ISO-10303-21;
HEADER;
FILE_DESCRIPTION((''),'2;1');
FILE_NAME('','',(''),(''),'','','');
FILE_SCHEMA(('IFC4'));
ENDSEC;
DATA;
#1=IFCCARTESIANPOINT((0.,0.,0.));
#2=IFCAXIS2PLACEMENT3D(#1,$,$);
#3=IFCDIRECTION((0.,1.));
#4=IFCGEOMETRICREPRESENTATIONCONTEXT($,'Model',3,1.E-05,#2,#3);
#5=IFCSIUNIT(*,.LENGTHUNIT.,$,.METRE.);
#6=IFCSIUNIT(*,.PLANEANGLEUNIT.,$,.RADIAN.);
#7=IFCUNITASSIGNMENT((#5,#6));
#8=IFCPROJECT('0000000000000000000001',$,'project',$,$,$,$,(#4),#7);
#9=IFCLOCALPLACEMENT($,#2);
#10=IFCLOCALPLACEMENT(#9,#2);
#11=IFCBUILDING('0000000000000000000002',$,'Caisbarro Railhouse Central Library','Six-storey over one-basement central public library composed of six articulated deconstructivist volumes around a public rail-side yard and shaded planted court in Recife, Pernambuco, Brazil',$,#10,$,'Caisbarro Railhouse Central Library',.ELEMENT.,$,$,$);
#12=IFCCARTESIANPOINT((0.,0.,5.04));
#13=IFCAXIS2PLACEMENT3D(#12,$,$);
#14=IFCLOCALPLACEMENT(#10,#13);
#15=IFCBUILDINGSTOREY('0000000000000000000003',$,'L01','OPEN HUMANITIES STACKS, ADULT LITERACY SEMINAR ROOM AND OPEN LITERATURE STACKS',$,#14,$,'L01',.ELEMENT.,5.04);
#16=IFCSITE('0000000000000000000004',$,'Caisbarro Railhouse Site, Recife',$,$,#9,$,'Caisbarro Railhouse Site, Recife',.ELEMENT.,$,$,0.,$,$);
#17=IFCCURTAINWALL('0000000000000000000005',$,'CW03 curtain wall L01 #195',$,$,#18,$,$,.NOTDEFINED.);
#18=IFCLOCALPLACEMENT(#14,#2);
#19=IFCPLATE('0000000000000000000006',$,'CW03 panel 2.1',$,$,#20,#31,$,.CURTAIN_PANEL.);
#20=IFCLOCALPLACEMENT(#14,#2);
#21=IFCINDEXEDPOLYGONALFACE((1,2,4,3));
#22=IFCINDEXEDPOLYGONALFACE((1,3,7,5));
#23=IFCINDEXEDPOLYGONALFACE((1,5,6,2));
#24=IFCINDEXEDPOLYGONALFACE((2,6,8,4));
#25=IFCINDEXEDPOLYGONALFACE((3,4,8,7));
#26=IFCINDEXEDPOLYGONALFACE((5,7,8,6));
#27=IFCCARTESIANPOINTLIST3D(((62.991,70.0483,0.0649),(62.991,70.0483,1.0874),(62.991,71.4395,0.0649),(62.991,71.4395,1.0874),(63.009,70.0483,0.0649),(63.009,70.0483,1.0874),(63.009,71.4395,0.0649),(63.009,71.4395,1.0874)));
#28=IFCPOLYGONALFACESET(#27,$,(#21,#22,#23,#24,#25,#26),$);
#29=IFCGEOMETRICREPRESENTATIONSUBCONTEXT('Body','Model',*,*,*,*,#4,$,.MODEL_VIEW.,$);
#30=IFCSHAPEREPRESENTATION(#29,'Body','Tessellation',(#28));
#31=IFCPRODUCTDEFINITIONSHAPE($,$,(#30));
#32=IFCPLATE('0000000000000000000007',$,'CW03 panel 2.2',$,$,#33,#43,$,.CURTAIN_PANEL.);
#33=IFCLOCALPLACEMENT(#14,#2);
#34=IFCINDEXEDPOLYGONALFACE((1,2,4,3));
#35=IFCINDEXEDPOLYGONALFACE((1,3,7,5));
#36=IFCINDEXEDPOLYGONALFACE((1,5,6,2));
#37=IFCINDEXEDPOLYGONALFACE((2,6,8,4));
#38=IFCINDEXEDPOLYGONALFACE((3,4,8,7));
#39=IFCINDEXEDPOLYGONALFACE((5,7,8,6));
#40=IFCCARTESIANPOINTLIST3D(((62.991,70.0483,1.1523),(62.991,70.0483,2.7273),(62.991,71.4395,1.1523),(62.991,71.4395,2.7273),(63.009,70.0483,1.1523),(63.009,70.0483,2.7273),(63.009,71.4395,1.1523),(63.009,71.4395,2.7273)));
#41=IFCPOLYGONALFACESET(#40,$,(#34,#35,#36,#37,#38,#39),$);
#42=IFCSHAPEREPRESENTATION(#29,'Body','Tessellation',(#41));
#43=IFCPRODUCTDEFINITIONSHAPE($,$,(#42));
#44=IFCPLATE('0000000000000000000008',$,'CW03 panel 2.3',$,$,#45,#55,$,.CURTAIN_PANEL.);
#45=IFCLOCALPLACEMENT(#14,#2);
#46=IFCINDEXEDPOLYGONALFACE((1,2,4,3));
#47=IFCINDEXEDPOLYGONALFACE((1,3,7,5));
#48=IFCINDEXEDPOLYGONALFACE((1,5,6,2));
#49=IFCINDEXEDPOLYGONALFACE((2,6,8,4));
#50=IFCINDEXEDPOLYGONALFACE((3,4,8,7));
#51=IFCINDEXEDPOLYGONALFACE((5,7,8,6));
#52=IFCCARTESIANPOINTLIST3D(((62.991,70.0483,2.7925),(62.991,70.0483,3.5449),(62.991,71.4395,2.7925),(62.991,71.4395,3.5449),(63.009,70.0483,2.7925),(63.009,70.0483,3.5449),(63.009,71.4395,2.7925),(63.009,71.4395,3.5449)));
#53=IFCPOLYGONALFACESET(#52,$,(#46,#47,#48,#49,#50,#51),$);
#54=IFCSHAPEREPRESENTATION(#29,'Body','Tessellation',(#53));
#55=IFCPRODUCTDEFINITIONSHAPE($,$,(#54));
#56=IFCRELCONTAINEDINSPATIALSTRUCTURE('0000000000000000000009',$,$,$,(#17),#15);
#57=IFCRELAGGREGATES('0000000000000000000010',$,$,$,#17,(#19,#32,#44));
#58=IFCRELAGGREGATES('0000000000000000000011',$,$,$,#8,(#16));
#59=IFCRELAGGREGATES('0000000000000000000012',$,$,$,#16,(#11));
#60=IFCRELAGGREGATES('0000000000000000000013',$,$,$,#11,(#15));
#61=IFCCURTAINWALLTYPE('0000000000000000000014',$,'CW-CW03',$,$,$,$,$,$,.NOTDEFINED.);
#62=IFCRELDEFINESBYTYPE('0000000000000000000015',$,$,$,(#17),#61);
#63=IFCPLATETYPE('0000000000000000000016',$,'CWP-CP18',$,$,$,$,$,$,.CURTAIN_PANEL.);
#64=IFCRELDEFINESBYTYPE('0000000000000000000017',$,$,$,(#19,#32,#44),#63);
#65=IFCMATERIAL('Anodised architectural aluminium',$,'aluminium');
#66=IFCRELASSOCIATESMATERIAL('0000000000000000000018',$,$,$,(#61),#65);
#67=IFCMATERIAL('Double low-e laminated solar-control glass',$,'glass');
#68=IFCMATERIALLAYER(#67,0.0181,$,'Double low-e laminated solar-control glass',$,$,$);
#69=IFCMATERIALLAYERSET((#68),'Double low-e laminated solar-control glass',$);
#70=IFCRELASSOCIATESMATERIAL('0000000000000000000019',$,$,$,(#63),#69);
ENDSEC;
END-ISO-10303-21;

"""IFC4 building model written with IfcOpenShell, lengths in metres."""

from ifc_helpers import new_model, si_unit, direction, frame, origin, origin_2d, place, context, subcontext, project, spatial, rectangle, extrude, material, layer, layer_set, type_object, element, aggregate, save


model = new_model("IFC4")

# Units and contexts
model_context = context("Model", 3, precision=1e-05, world=origin(), true_north=direction((0.0, 1.0)))
body_context = subcontext(model_context, "Body", "Model", "MODEL_VIEW")
ifc_project = project(units=[si_unit("LENGTHUNIT", "METRE"), si_unit("PLANEANGLEUNIT", "RADIAN")], contexts=[model_context])

# Site, building, storey
site_placement = place(None, origin())
site = spatial("IfcSite", under=ifc_project, at=site_placement, Name="Caisbarro Railhouse Site, Recife", LongName="Caisbarro Railhouse Site, Recife", CompositionType="ELEMENT", RefElevation=0.0)
building_placement = place(site_placement, origin())
building = spatial("IfcBuilding", under=site, at=building_placement, Name="Caisbarro Railhouse Central Library", Description="Six-storey over one-basement central public library composed of six articulated deconstructivist volumes around a public rail-side yard and shaded planted court in Recife, Pernambuco, Brazil", LongName="Caisbarro Railhouse Central Library", CompositionType="ELEMENT")
storey_placement = place(building_placement, frame((0.0, 0.0, 5.04)))
storey = spatial("IfcBuildingStorey", under=building, at=storey_placement, Name="L01", Description="OPEN HUMANITIES STACKS, ADULT LITERACY SEMINAR ROOM AND OPEN LITERATURE STACKS", LongName="L01", CompositionType="ELEMENT", Elevation=5.04)

# Curtain wall
ifc_material_1 = material(Name="Anodised architectural aluminium", Category="aluminium")
curtain_wall_type = type_object("IfcCurtainWallType", Name="CW-CW03", PredefinedType="NOTDEFINED", material=ifc_material_1)
curtain_wall_1_placement = place(storey_placement, origin())
curtain_wall_1 = element("IfcCurtainWall", 1, at=curtain_wall_1_placement, inside=storey, type_object=curtain_wall_type, Name="CW03 curtain wall L01 #195", PredefinedType="NOTDEFINED")

# Plates
ifc_material_2 = material(Name="Double low-e laminated solar-control glass", Category="glass")
ifc_layer = layer(ifc_material_2, 0.0181, Name="Double low-e laminated solar-control glass")
ifc_layer_set = layer_set([ifc_layer], Name="Double low-e laminated solar-control glass")
plate_type = type_object("IfcPlateType", Name="CWP-CP18", PredefinedType="CURTAIN_PANEL", material=ifc_layer_set)
plate_1_placement = place(storey_placement, frame((63.0, 70.7439, 0.0649), z_axis=(0.0, 0.0, 1.0), x_axis=(0.0, 1.0, 0.0)))
plate_1 = element("IfcPlate", 2, at=plate_1_placement, type_object=plate_type, Name="CW03 panel 2.1", PredefinedType="CURTAIN_PANEL", context=body_context, shape_type="SweptSolid", body=[
    extrude(rectangle(XDim=1.3911, YDim=0.0181, at=origin_2d()), origin(), (0.0, 0.0, 1.0), 1.0225),
])
plate_2_placement = place(storey_placement, frame((63.0, 70.7439, 1.1523), z_axis=(0.0, 0.0, 1.0), x_axis=(0.0, 1.0, 0.0)))
plate_2 = element("IfcPlate", 3, at=plate_2_placement, type_object=plate_type, Name="CW03 panel 2.2", PredefinedType="CURTAIN_PANEL", context=body_context, shape_type="SweptSolid", body=[
    extrude(rectangle(XDim=1.3911, YDim=0.0181, at=origin_2d()), origin(), (0.0, 0.0, 1.0), 1.575),
])
plate_3_placement = place(storey_placement, frame((63.0, 70.7439, 2.7925), z_axis=(0.0, 0.0, 1.0), x_axis=(0.0, 1.0, 0.0)))
plate_3 = element("IfcPlate", 4, at=plate_3_placement, type_object=plate_type, Name="CW03 panel 2.3", PredefinedType="CURTAIN_PANEL", context=body_context, shape_type="SweptSolid", body=[
    extrude(rectangle(XDim=1.3911, YDim=0.0181, at=origin_2d()), origin(), (0.0, 0.0, 1.0), 0.7524),
])
aggregate(curtain_wall_1, [plate_1, plate_2, plate_3])

save(model, "model.ifc")
